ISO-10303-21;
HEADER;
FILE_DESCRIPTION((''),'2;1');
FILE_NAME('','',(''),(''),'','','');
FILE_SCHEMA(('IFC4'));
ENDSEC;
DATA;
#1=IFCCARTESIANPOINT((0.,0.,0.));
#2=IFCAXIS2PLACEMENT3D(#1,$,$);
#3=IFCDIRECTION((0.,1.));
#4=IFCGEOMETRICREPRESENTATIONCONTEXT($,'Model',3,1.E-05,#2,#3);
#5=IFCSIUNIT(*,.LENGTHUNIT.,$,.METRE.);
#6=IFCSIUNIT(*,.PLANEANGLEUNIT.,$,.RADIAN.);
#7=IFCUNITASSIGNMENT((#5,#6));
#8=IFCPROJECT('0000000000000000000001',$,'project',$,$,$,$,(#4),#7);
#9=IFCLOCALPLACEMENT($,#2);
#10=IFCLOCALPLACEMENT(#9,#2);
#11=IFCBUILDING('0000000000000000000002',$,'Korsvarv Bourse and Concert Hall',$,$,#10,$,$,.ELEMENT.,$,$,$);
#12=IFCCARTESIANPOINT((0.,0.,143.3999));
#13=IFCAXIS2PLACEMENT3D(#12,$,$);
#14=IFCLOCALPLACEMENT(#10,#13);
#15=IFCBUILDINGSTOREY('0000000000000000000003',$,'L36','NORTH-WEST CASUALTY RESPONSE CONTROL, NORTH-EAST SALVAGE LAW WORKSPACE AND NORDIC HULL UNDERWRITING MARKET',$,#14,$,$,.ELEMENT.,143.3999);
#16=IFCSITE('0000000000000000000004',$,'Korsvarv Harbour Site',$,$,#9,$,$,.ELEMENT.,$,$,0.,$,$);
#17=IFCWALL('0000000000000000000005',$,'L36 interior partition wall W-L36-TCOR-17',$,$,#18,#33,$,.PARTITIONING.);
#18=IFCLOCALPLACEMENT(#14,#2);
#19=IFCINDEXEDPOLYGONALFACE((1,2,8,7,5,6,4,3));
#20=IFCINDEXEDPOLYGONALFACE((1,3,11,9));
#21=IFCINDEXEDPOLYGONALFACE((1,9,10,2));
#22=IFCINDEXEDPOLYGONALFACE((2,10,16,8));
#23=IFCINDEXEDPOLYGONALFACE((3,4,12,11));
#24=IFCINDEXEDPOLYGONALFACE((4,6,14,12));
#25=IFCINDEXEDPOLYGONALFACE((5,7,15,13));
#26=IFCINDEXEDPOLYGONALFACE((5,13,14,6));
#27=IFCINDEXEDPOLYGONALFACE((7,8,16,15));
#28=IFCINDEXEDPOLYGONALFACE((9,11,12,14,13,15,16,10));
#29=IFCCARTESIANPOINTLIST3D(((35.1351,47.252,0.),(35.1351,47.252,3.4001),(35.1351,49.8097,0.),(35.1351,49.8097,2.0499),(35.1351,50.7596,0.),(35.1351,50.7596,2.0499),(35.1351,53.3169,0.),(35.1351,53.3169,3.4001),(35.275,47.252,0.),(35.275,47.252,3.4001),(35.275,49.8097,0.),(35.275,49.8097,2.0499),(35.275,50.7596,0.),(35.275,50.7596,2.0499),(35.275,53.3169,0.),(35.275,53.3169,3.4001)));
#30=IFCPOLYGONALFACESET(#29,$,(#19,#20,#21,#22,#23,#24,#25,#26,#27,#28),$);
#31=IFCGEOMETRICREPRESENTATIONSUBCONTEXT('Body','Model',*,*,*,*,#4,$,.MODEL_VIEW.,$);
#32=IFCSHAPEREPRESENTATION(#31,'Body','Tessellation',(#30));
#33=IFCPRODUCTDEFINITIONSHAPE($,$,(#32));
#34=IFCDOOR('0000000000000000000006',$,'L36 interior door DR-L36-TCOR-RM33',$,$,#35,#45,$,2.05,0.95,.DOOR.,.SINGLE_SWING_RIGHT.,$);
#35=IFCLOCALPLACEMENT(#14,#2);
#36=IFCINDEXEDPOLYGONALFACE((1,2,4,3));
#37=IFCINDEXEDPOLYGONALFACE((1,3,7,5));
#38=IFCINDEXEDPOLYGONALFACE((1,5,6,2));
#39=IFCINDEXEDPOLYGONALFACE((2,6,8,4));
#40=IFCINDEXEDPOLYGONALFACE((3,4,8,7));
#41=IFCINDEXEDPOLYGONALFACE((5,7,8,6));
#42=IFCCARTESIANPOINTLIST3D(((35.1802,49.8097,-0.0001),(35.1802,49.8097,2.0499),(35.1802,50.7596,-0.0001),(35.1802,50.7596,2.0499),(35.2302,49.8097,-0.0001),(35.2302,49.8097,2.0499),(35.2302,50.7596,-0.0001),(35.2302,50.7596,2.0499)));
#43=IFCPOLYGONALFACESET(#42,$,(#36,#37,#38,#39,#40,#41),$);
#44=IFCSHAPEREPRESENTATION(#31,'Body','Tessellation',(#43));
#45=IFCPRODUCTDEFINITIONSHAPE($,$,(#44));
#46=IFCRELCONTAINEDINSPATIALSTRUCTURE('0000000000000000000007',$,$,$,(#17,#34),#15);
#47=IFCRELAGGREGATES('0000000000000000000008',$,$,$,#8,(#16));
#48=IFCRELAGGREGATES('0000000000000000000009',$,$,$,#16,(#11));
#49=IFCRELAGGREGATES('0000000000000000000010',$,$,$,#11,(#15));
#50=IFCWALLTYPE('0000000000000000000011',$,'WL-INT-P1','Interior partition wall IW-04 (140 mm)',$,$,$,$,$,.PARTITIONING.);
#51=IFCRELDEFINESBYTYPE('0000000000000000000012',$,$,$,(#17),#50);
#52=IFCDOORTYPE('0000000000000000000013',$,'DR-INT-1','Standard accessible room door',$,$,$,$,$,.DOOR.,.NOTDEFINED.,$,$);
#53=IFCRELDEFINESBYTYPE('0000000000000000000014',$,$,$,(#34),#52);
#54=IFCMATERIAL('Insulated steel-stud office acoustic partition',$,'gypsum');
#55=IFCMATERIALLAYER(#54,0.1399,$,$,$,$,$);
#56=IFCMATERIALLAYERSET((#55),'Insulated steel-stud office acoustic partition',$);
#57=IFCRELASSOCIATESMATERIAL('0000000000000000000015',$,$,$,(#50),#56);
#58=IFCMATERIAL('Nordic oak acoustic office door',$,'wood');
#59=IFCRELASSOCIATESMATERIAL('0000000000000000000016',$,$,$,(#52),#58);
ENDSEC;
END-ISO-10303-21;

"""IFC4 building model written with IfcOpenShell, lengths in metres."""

from ifc_helpers import new_model, si_unit, direction, frame, frame_2d, origin, place, context, subcontext, project, spatial, rectangle, extrude, material, layer, layer_set, type_object, element, fill, save


model = new_model("IFC4")

# Units and contexts
model_context = context("Model", 3, precision=1e-05, world=origin(), true_north=direction((0.0, 1.0)))
body_context = subcontext(model_context, "Body", "Model", "MODEL_VIEW")
ifc_project = project(units=[si_unit("LENGTHUNIT", "METRE"), si_unit("PLANEANGLEUNIT", "RADIAN")], contexts=[model_context])

# Site, building, storey
site_placement = place(None, origin())
site = spatial("IfcSite", under=ifc_project, at=site_placement, Name="Korsvarv Harbour Site", CompositionType="ELEMENT", RefElevation=0.0)
building_placement = place(site_placement, origin())
building = spatial("IfcBuilding", under=site, at=building_placement, Name="Korsvarv Bourse and Concert Hall", CompositionType="ELEMENT")
storey_placement = place(building_placement, frame((0.0, 0.0, 143.3999)))
storey = spatial("IfcBuildingStorey", under=building, at=storey_placement, Name="L36", Description="NORTH-WEST CASUALTY RESPONSE CONTROL, NORTH-EAST SALVAGE LAW WORKSPACE AND NORDIC HULL UNDERWRITING MARKET", CompositionType="ELEMENT", Elevation=143.3999)

# Wall, opening, door
ifc_material_1 = material(Name="Insulated steel-stud office acoustic partition", Category="gypsum")
ifc_layer_1 = layer(ifc_material_1, 0.1399)
ifc_layer_set_1 = layer_set([ifc_layer_1], Name="Insulated steel-stud office acoustic partition")
wall_type_1 = type_object("IfcWallType", Name="WL-INT-P1", Description="Interior partition wall IW-04 (140 mm)", PredefinedType="PARTITIONING", material=ifc_layer_set_1)
wall_1_placement = place(storey_placement, frame((35.2051, 47.252, 0.0), z_axis=(0.0, 0.0, 1.0), x_axis=(0.0, 1.0, 0.0)))
wall_1 = element("IfcWall", 1, at=wall_1_placement, inside=storey, type_object=wall_type_1, Name="L36 interior partition wall W-L36-TCOR-17", PredefinedType="PARTITIONING", context=body_context, shape_type="SweptSolid", body=[
    extrude(rectangle(XDim=6.0649, YDim=0.1399, at=frame_2d((3.0325, 0.0))), origin(), (0.0, 0.0, 1.0), 3.4001),
])
opening_1_placement = place(wall_1_placement, frame((2.5576, 0.0, 0.0)))
opening_1 = element("IfcOpeningElement", 2, at=opening_1_placement, cuts=wall_1, PredefinedType="OPENING", context=body_context, shape_type="SweptSolid", body=[
    extrude(rectangle(XDim=0.95, YDim=2.05, at=frame_2d((0.4751, 1.0249))), frame((0.0, 0.0801, 0.0), z_axis=(0.0, -1.0, 0.0), x_axis=(1.0, 0.0, 0.0)), (0.0, 0.0, 1.0), 0.1599),
])
ifc_material_2 = material(Name="Nordic oak acoustic office door", Category="wood")
door_type_1 = type_object("IfcDoorType", Name="DR-INT-1", Description="Standard accessible room door", OperationType="NOTDEFINED", PredefinedType="DOOR", material=ifc_material_2)
door_1_placement = place(opening_1_placement, origin())
door_1 = element("IfcDoor", 3, at=door_1_placement, inside=storey, type_object=door_type_1, Name="L36 interior door DR-L36-TCOR-RM33", OperationType="SINGLE_SWING_RIGHT", OverallHeight=2.05, OverallWidth=0.95, PredefinedType="DOOR", context=body_context, shape_type="SweptSolid", body=[
    extrude(rectangle(XDim=0.95, YDim=2.05, at=frame_2d((0.4751, 1.0249))), frame((0.0, 0.0249, 0.0), z_axis=(0.0, -1.0, 0.0), x_axis=(1.0, 0.0, 0.0)), (0.0, 0.0, 1.0), 0.05),
])
fill(opening_1, door_1)

save(model, "model.ifc")
